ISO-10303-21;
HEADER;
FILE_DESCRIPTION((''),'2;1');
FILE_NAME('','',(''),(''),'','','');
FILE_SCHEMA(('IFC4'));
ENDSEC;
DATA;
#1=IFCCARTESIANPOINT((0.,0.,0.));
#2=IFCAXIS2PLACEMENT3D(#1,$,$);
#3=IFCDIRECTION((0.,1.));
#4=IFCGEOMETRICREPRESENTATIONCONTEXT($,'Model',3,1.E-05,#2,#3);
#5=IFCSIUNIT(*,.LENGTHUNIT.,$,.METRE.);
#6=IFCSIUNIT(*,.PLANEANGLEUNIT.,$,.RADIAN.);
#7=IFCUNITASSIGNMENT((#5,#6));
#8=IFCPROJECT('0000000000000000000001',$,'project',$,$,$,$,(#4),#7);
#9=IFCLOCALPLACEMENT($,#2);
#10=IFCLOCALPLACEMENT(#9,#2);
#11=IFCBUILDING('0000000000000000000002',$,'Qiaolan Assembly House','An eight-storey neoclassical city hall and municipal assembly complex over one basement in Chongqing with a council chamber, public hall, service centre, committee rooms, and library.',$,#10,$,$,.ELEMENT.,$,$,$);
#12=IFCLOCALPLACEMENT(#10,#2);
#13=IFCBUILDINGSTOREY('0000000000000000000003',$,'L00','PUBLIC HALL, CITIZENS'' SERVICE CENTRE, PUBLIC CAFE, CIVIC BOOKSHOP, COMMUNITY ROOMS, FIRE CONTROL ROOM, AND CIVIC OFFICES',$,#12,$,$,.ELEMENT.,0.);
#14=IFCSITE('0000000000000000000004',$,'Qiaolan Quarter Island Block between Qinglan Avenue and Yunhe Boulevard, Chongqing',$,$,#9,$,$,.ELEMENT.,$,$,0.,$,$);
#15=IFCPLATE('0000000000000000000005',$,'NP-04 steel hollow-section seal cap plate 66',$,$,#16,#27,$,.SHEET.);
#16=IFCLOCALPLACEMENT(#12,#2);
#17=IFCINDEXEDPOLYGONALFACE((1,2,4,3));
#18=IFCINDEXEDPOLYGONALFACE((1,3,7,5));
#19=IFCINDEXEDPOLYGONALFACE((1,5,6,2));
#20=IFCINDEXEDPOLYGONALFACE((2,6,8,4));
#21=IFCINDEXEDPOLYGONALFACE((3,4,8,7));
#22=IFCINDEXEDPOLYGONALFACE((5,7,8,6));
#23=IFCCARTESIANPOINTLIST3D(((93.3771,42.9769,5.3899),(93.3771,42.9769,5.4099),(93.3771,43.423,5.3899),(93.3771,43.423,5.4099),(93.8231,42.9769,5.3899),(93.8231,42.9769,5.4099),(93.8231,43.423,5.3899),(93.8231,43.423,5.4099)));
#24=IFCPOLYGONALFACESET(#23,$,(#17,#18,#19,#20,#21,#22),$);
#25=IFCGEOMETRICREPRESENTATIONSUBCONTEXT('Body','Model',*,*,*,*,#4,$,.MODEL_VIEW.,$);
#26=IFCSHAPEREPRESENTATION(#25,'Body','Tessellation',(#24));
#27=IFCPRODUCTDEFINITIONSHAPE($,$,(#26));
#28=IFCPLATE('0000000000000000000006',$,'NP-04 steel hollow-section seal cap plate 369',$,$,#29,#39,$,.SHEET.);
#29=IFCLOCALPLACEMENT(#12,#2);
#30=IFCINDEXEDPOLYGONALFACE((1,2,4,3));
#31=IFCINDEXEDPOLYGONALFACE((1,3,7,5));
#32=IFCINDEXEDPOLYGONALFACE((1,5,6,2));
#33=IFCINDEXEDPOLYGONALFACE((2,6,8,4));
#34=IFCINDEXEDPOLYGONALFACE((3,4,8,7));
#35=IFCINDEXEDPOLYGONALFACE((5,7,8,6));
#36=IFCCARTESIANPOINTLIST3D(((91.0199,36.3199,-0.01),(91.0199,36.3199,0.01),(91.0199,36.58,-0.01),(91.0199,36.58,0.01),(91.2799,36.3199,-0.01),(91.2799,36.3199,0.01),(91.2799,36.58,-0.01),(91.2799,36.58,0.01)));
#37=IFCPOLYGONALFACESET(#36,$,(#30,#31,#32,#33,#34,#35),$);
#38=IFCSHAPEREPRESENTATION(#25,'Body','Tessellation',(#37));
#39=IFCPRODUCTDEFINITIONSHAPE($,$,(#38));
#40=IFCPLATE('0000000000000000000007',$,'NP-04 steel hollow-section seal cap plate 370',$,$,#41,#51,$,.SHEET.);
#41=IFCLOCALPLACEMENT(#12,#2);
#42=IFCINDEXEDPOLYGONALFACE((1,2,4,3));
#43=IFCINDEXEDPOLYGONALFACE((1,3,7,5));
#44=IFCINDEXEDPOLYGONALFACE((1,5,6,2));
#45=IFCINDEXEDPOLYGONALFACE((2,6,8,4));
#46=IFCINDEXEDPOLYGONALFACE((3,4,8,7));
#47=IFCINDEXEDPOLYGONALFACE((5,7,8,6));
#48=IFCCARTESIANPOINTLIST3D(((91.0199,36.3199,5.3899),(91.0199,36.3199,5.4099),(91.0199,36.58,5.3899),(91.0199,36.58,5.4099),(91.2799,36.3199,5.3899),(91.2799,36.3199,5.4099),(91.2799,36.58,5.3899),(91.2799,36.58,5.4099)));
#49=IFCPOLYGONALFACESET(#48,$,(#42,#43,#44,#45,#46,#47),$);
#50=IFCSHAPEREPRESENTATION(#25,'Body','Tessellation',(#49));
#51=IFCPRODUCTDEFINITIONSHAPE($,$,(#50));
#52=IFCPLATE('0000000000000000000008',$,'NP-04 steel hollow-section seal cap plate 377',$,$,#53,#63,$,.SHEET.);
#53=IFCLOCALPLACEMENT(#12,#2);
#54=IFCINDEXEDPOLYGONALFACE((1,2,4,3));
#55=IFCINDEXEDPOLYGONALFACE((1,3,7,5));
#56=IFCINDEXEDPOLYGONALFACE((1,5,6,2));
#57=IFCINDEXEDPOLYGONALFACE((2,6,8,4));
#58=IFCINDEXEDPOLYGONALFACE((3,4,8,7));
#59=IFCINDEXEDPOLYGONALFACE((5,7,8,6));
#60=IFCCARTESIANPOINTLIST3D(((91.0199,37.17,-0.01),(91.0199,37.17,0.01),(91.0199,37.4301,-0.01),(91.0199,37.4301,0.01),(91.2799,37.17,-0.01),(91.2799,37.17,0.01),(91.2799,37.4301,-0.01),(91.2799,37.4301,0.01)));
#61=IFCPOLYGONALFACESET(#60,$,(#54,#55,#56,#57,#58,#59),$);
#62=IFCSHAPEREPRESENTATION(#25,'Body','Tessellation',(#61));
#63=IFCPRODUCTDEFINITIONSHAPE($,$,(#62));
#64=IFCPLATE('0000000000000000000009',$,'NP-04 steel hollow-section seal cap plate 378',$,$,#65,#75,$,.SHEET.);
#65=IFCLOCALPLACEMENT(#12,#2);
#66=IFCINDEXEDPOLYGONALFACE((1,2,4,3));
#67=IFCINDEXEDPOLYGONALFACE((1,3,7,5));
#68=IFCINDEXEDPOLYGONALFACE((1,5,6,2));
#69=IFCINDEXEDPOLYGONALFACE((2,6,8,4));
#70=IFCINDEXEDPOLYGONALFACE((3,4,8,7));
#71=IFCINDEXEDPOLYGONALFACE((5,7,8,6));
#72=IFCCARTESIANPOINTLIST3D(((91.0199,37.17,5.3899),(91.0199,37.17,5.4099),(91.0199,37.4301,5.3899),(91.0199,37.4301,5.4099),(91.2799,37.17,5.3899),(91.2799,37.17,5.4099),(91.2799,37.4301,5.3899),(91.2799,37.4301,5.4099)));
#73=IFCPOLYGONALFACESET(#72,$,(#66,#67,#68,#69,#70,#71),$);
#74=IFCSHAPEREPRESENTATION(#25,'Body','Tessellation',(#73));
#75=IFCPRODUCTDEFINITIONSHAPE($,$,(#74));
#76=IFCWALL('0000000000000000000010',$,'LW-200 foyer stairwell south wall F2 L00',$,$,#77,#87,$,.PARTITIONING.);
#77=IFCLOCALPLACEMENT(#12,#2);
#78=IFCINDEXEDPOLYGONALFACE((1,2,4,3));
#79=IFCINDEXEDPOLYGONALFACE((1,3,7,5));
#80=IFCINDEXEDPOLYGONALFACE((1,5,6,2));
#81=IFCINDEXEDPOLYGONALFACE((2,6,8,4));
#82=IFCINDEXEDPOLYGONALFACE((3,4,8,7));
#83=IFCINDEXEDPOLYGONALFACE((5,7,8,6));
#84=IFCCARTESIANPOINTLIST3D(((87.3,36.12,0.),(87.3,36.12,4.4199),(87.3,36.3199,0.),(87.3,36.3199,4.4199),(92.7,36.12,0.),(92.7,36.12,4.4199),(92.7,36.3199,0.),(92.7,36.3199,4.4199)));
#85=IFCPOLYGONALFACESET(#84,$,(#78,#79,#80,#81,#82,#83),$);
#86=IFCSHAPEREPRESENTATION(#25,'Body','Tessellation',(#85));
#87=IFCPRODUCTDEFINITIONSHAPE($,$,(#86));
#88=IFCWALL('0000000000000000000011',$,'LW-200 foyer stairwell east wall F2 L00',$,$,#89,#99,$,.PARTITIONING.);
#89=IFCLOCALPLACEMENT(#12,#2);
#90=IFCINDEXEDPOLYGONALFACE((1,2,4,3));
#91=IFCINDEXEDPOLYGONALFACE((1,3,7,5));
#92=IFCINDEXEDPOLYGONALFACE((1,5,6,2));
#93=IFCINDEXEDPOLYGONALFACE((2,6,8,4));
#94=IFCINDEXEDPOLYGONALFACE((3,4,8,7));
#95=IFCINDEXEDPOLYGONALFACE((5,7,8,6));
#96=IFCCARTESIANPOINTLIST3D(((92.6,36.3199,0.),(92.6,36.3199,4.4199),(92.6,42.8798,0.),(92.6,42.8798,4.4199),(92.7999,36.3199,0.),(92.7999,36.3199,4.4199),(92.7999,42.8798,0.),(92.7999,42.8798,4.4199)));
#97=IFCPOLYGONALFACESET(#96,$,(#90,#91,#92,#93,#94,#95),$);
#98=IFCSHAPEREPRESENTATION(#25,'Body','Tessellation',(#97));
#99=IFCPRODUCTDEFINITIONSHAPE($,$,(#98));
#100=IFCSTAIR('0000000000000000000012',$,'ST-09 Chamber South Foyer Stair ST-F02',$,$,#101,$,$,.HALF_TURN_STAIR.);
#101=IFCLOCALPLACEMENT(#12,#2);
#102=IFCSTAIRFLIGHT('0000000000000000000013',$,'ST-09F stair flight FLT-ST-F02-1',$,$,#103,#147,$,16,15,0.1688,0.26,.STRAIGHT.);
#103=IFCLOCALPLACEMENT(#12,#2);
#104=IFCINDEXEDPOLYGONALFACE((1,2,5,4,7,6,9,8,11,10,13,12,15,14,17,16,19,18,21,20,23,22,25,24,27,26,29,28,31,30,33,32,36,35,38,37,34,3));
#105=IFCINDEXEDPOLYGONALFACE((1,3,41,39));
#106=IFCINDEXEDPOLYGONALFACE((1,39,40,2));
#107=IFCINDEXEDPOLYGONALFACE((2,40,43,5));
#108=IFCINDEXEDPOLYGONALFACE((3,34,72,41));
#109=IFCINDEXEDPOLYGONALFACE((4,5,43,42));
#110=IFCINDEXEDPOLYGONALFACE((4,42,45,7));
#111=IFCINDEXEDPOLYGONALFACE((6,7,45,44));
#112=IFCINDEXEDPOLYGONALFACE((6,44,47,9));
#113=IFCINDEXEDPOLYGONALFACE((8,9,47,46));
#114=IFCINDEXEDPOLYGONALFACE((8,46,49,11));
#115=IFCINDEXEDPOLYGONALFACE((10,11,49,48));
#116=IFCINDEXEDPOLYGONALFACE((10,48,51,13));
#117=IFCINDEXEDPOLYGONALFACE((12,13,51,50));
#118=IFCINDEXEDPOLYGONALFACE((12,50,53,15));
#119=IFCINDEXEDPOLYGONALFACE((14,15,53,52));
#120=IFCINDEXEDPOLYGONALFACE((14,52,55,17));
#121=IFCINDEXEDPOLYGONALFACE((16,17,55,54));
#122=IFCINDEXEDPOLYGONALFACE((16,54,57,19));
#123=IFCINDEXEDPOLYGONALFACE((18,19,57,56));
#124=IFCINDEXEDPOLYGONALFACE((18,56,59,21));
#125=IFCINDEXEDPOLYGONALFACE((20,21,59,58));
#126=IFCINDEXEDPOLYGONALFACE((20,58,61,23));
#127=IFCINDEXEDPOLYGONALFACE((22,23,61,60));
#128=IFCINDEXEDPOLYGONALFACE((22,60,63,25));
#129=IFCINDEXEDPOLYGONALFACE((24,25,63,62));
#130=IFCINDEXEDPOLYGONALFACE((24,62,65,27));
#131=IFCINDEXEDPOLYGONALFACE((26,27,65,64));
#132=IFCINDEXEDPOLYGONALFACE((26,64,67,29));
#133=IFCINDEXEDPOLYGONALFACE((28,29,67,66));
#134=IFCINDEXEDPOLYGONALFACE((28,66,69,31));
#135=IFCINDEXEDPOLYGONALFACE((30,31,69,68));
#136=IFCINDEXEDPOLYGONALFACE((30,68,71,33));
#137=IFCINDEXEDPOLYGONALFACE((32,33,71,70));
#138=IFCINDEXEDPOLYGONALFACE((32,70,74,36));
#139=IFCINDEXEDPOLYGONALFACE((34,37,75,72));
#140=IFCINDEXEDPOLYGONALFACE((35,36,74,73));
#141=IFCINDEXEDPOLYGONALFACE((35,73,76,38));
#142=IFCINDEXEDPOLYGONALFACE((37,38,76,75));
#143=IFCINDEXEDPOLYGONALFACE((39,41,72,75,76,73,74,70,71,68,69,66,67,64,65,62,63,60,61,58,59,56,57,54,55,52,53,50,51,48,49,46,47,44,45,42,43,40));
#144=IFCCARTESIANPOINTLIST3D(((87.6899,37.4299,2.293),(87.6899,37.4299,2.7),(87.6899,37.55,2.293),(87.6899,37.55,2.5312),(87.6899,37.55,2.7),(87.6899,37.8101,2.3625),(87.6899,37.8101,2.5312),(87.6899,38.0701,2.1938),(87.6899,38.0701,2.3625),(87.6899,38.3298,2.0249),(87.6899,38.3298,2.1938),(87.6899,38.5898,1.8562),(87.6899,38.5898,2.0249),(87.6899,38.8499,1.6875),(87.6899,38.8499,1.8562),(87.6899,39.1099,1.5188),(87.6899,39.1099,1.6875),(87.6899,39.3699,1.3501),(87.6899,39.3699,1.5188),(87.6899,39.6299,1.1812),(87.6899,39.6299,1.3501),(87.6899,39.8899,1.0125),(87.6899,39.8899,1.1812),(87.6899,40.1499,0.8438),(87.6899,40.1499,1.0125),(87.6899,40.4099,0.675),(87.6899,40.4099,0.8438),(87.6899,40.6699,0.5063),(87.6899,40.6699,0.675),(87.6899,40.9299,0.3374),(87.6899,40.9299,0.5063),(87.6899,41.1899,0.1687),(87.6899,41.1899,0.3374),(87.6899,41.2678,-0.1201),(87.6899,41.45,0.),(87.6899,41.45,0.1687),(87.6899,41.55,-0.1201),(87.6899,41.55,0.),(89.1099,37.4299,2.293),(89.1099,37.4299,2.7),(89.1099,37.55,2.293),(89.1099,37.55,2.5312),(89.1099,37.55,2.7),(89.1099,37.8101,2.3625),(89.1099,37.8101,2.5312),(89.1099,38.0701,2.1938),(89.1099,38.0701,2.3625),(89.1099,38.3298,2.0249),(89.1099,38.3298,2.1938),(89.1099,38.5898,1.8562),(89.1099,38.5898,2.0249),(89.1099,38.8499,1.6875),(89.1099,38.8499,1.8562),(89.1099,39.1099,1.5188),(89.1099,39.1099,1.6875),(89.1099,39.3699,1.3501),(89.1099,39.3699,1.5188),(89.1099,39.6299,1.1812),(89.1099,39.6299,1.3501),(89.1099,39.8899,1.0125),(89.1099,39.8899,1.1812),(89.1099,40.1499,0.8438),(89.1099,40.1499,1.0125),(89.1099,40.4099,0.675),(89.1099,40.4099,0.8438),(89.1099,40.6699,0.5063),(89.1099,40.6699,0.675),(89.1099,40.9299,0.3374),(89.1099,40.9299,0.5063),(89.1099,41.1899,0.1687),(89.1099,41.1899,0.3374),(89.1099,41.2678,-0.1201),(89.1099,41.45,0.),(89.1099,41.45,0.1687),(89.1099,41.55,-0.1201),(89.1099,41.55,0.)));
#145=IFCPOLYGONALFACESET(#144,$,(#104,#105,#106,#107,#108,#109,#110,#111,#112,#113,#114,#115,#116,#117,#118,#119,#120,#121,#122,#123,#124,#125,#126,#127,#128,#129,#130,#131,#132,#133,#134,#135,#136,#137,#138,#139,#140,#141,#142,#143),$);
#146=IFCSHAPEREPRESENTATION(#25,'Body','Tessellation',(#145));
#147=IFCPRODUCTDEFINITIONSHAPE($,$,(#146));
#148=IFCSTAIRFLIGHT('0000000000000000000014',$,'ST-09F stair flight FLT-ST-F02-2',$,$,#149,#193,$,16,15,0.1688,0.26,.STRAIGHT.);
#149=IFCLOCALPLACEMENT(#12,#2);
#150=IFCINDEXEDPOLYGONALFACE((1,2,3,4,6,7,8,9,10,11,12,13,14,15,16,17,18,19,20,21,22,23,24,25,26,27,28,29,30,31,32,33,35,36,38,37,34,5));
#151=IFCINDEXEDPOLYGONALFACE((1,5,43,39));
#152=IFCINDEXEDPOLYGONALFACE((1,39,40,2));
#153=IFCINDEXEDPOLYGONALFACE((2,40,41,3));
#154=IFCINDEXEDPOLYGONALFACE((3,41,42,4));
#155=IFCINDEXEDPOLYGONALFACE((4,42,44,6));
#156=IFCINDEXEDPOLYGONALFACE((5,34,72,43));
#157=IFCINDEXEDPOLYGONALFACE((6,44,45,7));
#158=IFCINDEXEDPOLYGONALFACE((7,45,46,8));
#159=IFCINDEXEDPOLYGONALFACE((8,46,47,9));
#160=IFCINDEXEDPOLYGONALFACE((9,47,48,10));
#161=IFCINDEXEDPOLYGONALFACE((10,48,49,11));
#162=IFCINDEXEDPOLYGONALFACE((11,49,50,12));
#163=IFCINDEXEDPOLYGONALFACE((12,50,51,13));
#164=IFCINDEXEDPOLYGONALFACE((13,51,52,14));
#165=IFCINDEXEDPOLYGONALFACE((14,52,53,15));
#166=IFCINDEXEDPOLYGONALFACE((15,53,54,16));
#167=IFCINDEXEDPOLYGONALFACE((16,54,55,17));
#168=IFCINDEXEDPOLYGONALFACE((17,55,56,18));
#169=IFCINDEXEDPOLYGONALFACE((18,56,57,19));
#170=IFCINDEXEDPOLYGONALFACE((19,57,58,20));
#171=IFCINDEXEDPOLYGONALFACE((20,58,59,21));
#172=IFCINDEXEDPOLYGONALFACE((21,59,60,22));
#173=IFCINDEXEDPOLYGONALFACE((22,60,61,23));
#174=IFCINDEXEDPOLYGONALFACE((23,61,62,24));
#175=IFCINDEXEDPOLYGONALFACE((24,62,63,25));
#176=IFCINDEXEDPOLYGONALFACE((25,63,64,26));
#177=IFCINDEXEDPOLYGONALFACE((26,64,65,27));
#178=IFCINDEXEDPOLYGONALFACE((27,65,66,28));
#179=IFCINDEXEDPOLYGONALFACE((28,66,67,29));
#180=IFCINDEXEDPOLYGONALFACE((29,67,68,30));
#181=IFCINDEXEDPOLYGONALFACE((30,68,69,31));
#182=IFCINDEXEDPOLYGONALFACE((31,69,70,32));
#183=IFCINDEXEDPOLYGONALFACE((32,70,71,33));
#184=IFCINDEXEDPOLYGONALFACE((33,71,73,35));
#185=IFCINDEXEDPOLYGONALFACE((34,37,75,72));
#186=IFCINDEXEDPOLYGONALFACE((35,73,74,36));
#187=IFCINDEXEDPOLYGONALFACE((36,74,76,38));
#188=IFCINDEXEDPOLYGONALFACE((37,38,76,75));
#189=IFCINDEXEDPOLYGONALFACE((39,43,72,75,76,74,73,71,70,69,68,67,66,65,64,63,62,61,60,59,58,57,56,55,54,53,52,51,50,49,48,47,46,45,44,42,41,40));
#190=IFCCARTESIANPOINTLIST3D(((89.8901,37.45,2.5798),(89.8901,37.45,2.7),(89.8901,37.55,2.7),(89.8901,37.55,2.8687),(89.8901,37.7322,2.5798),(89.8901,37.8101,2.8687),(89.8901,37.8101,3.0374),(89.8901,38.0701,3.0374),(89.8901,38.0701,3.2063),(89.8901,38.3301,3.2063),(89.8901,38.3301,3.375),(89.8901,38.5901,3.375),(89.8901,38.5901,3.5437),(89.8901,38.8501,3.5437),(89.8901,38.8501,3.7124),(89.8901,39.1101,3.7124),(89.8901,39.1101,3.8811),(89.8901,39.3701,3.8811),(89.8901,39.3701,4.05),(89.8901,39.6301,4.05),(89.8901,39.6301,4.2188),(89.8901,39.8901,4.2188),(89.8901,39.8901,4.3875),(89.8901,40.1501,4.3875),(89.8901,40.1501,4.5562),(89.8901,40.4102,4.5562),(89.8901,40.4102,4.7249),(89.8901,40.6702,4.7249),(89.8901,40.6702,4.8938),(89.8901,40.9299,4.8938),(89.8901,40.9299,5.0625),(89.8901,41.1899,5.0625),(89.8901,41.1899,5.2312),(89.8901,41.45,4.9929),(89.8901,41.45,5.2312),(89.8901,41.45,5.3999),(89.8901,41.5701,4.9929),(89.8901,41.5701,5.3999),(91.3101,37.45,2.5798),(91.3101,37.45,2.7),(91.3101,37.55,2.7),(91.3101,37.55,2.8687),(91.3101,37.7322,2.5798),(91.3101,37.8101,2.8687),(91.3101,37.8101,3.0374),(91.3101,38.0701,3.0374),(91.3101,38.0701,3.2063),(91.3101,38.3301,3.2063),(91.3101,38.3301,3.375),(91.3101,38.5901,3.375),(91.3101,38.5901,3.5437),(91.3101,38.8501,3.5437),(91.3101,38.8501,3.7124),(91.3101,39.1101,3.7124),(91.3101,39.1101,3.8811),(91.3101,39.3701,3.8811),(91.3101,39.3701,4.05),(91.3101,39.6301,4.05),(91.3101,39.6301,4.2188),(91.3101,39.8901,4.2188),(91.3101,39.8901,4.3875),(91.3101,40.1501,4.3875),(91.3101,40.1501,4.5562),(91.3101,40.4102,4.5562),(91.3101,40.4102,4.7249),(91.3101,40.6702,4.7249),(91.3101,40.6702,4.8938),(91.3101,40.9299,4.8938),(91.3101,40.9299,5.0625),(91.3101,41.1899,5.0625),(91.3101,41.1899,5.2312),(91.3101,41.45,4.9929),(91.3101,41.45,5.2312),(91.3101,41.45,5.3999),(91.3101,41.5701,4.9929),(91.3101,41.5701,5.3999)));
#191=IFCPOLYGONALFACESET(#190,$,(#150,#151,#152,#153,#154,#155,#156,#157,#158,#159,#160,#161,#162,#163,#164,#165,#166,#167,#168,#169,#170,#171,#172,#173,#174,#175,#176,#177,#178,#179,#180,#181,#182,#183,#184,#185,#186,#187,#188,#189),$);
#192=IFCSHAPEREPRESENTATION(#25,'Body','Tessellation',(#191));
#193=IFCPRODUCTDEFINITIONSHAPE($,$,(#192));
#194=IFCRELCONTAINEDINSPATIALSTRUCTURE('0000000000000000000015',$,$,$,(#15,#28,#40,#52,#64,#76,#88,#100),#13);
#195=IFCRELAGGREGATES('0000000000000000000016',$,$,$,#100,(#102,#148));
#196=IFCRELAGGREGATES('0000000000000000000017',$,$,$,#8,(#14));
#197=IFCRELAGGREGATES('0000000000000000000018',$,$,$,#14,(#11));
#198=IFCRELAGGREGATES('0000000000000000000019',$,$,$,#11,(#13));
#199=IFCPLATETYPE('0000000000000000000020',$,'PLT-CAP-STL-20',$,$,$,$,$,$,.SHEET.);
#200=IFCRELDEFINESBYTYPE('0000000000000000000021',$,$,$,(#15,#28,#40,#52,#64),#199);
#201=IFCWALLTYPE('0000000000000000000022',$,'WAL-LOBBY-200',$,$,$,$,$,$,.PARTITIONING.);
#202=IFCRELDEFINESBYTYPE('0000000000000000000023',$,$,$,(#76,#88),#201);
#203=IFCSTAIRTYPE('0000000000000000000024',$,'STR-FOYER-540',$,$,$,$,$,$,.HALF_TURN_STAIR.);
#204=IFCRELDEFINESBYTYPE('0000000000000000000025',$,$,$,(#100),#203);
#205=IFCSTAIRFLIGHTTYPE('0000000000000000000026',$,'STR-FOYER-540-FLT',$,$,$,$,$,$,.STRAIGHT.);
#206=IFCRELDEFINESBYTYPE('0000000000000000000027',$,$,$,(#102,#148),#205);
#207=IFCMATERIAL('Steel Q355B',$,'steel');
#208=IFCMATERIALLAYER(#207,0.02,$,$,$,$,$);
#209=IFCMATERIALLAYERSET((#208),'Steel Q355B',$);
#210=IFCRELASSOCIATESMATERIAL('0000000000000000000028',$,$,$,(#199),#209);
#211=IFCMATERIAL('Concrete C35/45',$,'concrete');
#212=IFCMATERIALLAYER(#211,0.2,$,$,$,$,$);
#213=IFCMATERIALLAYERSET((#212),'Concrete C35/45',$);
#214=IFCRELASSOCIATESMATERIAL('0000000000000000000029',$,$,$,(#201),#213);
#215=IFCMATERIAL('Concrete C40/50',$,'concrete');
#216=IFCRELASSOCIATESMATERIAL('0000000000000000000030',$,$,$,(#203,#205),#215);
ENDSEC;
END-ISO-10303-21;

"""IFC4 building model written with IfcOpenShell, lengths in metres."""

from ifc_helpers import new_model, si_unit, direction, frame, frame_2d, origin, origin_2d, place, context, subcontext, project, spatial, polyline, rectangle, outline, extrude, material, layer, layer_set, type_object, element, aggregate, save


model = new_model("IFC4")

# Units and contexts
model_context = context("Model", 3, precision=1e-05, world=origin(), true_north=direction((0.0, 1.0)))
body_context = subcontext(model_context, "Body", "Model", "MODEL_VIEW")
ifc_project = project(units=[si_unit("LENGTHUNIT", "METRE"), si_unit("PLANEANGLEUNIT", "RADIAN")], contexts=[model_context])

# Site, building, storey
site_placement = place(None, origin())
site = spatial("IfcSite", under=ifc_project, at=site_placement, Name="Qiaolan Quarter Island Block between Qinglan Avenue and Yunhe Boulevard, Chongqing", CompositionType="ELEMENT", RefElevation=0.0)
building_placement = place(site_placement, origin())
building = spatial("IfcBuilding", under=site, at=building_placement, Name="Qiaolan Assembly House", Description="An eight-storey neoclassical city hall and municipal assembly complex over one basement in Chongqing with a council chamber, public hall, service centre, committee rooms, and library.", CompositionType="ELEMENT")
storey_placement = place(building_placement, origin())
storey = spatial("IfcBuildingStorey", under=building, at=storey_placement, Name="L00", Description="PUBLIC HALL, CITIZENS' SERVICE CENTRE, PUBLIC CAFE, CIVIC BOOKSHOP, COMMUNITY ROOMS, FIRE CONTROL ROOM, AND CIVIC OFFICES", CompositionType="ELEMENT", Elevation=0.0)

# Shared definitions
ifc_material_1 = material(Name="Steel Q355B", Category="steel")

# Plates
ifc_layer_1 = layer(ifc_material_1, 0.02)
ifc_layer_set_1 = layer_set([ifc_layer_1], Name="Steel Q355B")
plate_type = type_object("IfcPlateType", Name="PLT-CAP-STL-20", PredefinedType="SHEET", material=ifc_layer_set_1)
for number, where, z_axis, x_axis, name in (
    (1, (93.6001, 43.2, 5.3899), (0.0, 0.0, 1.0), (1.0, 0.0, 0.0), "NP-04 steel hollow-section seal cap plate 66"),
):
    element("IfcPlate", number, at=place(storey_placement, frame(where, z_axis=z_axis, x_axis=x_axis)), inside=storey, type_object=plate_type, Name=name, PredefinedType="SHEET", context=body_context, shape_type="SweptSolid", body=[
        extrude(rectangle(XDim=0.446, YDim=0.446, at=origin_2d()), origin(), (0.0, 0.0, 1.0), 0.02),
    ])
for number, where, z_axis, x_axis, name in (
    (2, (91.1499, 36.45, -0.01), (0.0, 0.0, 1.0), (1.0, 0.0, 0.0), "NP-04 steel hollow-section seal cap plate 369"),
    (3, (91.1499, 36.45, 5.3899), (0.0, 0.0, 1.0), (1.0, 0.0, 0.0), "NP-04 steel hollow-section seal cap plate 370"),
    (4, (91.1499, 37.3, -0.01), (0.0, 0.0, 1.0), (1.0, 0.0, 0.0), "NP-04 steel hollow-section seal cap plate 377"),
    (5, (91.1499, 37.3, 5.3899), (0.0, 0.0, 1.0), (1.0, 0.0, 0.0), "NP-04 steel hollow-section seal cap plate 378"),
):
    element("IfcPlate", number, at=place(storey_placement, frame(where, z_axis=z_axis, x_axis=x_axis)), inside=storey, type_object=plate_type, Name=name, PredefinedType="SHEET", context=body_context, shape_type="SweptSolid", body=[
        extrude(rectangle(XDim=0.26, YDim=0.26, at=origin_2d()), origin(), (0.0, 0.0, 1.0), 0.02),
    ])

# Walls
ifc_material_2 = material(Name="Concrete C35/45", Category="concrete")
ifc_layer_2 = layer(ifc_material_2, 0.2)
ifc_layer_set_2 = layer_set([ifc_layer_2], Name="Concrete C35/45")
wall_type = type_object("IfcWallType", Name="WAL-LOBBY-200", PredefinedType="PARTITIONING", material=ifc_layer_set_2)
wall_1_placement = place(storey_placement, frame((92.7, 36.22, 0.0), z_axis=(0.0, 0.0, 1.0), x_axis=(-1.0, 0.0, 0.0)))
element("IfcWall", 6, at=wall_1_placement, inside=storey, type_object=wall_type, Name="LW-200 foyer stairwell south wall F2 L00", PredefinedType="PARTITIONING", context=body_context, shape_type="SweptSolid", body=[
    extrude(rectangle(XDim=5.3999, YDim=0.2, at=frame_2d((2.7, 0.0))), origin(), (0.0, 0.0, 1.0), 4.4199),
])
wall_2_placement = place(storey_placement, frame((92.7, 36.3201, 0.0), z_axis=(0.0, 0.0, 1.0), x_axis=(0.0, 1.0, 0.0)))
element("IfcWall", 7, at=wall_2_placement, inside=storey, type_object=wall_type, Name="LW-200 foyer stairwell east wall F2 L00", PredefinedType="PARTITIONING", context=body_context, shape_type="SweptSolid", body=[
    extrude(rectangle(XDim=6.5598, YDim=0.2, at=frame_2d((3.2798, 0.0))), origin(), (0.0, 0.0, 1.0), 4.4199),
])

# Stair, stair flights
ifc_material_3 = material(Name="Concrete C40/50", Category="concrete")
stair_type = type_object("IfcStairType", Name="STR-FOYER-540", PredefinedType="HALF_TURN_STAIR", material=ifc_material_3)
stair_placement = place(storey_placement, origin())
stair = element("IfcStair", 8, at=stair_placement, inside=storey, type_object=stair_type, Name="ST-09 Chamber South Foyer Stair ST-F02", PredefinedType="HALF_TURN_STAIR")
stair_flight_type = type_object("IfcStairFlightType", Name="STR-FOYER-540-FLT", PredefinedType="STRAIGHT", material=ifc_material_3)
stair_flight_1_placement = place(storey_placement, frame((88.3999, 41.45, 0.0), z_axis=(0.0, 0.0, 1.0), x_axis=(0.0, -1.0, 0.0)))
stair_flight_1 = element("IfcStairFlight", 9, at=stair_flight_1_placement, type_object=stair_flight_type, Name="ST-09F stair flight FLT-ST-F02-1", NumberOfRisers=16, NumberOfTreads=15, PredefinedType="STRAIGHT", RiserHeight=0.1688, TreadLength=0.26, context=body_context, shape_type="SweptSolid", body=[
    extrude(outline(polyline([(-0.1001, -0.1201), (-0.1001, 0.0), (0.0, 0.0), (0.0, 0.1687), (0.26, 0.1687), (0.26, 0.3374), (0.52, 0.3374), (0.52, 0.5063), (0.78, 0.5063), (0.78, 0.675), (1.04, 0.675), (1.04, 0.8438), (1.3, 0.8438), (1.3, 1.0125), (1.5601, 1.0125), (1.5601, 1.1812), (1.8201, 1.1812), (1.8201, 1.3501), (2.0801, 1.3501), (2.0801, 1.5188), (2.3401, 1.5188), (2.3401, 1.6875), (2.6001, 1.6875), (2.6001, 1.8562), (2.8601, 1.8562), (2.8601, 2.0249), (3.1201, 2.0249), (3.1201, 2.1938), (3.3799, 2.1938), (3.3799, 2.3625), (3.6399, 2.3625), (3.6399, 2.5312), (3.8999, 2.5312), (3.8999, 2.7), (4.02, 2.7), (4.02, 2.293), (3.8999, 2.293), (0.1821, -0.1201), (-0.1001, -0.1201)])), frame((0.0, 0.71, 0.0), z_axis=(0.0, -1.0, 0.0), x_axis=(1.0, 0.0, 0.0)), (0.0, 0.0, 1.0), 1.4199),
])
stair_flight_2_placement = place(storey_placement, frame((90.6001, 37.55, 2.7), z_axis=(0.0, 0.0, 1.0), x_axis=(0.0, 1.0, 0.0)))
stair_flight_2 = element("IfcStairFlight", 10, at=stair_flight_2_placement, type_object=stair_flight_type, Name="ST-09F stair flight FLT-ST-F02-2", NumberOfRisers=16, NumberOfTreads=15, PredefinedType="STRAIGHT", RiserHeight=0.1688, TreadLength=0.26, context=body_context, shape_type="SweptSolid", body=[
    extrude(outline(polyline([(-0.1001, -0.1201), (-0.1001, 0.0), (0.0, 0.0), (0.0, 0.1687), (0.26, 0.1687), (0.26, 0.3374), (0.52, 0.3374), (0.52, 0.5063), (0.78, 0.5063), (0.78, 0.675), (1.04, 0.675), (1.04, 0.8438), (1.3, 0.8438), (1.3, 1.0125), (1.5601, 1.0125), (1.5601, 1.1812), (1.8201, 1.1812), (1.8201, 1.3501), (2.0801, 1.3501), (2.0801, 1.5188), (2.3401, 1.5188), (2.3401, 1.6875), (2.6001, 1.6875), (2.6001, 1.8562), (2.8601, 1.8562), (2.8601, 2.0249), (3.1201, 2.0249), (3.1201, 2.1938), (3.3799, 2.1938), (3.3799, 2.3625), (3.6399, 2.3625), (3.6399, 2.5312), (3.8999, 2.5312), (3.8999, 2.7), (4.02, 2.7), (4.02, 2.293), (3.8999, 2.293), (0.1821, -0.1201), (-0.1001, -0.1201)])), frame((0.0, 0.71, 0.0), z_axis=(0.0, -1.0, 0.0), x_axis=(1.0, 0.0, 0.0)), (0.0, 0.0, 1.0), 1.4199),
])
aggregate(stair, [stair_flight_1, stair_flight_2])

save(model, "model.ifc")
